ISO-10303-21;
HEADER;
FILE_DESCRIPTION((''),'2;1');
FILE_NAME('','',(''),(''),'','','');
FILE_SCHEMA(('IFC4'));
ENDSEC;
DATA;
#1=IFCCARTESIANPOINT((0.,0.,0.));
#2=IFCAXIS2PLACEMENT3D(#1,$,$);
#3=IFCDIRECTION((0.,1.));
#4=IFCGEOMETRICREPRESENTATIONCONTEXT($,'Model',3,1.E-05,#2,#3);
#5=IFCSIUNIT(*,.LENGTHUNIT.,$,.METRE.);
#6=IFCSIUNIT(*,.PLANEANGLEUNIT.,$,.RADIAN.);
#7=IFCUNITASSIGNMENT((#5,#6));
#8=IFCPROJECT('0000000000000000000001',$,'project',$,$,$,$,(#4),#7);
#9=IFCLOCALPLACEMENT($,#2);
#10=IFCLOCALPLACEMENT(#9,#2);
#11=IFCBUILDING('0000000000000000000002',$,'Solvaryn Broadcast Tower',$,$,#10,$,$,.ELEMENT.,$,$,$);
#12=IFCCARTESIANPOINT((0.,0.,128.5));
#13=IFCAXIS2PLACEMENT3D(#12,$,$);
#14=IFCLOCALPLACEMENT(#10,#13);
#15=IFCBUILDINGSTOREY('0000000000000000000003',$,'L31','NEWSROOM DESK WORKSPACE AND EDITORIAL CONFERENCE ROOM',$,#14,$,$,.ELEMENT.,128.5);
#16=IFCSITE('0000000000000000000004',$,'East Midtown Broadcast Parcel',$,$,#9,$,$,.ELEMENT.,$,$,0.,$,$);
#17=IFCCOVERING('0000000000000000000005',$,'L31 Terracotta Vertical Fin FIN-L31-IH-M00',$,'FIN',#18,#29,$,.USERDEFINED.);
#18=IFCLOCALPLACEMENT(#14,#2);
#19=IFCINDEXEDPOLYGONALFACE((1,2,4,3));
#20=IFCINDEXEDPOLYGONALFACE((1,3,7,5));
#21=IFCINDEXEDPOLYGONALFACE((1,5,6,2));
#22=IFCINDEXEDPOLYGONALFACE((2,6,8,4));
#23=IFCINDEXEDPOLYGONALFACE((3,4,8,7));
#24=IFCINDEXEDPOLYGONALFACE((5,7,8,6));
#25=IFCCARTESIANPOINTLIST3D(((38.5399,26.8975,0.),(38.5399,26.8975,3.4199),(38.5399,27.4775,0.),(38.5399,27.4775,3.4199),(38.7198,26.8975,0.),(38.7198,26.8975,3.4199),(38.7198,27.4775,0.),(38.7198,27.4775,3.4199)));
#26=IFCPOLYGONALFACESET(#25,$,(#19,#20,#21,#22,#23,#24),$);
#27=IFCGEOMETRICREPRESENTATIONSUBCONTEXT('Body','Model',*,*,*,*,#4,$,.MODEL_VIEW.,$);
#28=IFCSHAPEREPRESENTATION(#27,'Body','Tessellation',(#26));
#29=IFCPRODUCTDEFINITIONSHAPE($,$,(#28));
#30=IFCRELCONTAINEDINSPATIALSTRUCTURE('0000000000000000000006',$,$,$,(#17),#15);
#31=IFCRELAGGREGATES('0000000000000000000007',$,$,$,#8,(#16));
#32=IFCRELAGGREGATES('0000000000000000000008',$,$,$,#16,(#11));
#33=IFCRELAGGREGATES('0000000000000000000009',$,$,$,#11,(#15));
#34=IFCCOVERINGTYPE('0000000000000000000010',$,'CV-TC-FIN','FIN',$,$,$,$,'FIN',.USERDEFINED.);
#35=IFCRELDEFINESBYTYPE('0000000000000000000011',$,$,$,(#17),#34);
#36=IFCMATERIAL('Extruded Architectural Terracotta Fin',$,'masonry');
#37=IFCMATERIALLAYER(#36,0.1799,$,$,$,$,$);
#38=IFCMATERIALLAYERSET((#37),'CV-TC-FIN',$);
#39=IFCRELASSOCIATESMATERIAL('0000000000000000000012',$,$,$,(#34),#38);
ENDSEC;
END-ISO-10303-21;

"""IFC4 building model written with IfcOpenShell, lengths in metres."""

from ifc_helpers import new_model, si_unit, direction, frame, origin, origin_2d, place, context, subcontext, project, spatial, rectangle, extrude, material, layer, layer_set, type_object, element, save


model = new_model("IFC4")

# Units and contexts
model_context = context("Model", 3, precision=1e-05, world=origin(), true_north=direction((0.0, 1.0)))
body_context = subcontext(model_context, "Body", "Model", "MODEL_VIEW")
ifc_project = project(units=[si_unit("LENGTHUNIT", "METRE"), si_unit("PLANEANGLEUNIT", "RADIAN")], contexts=[model_context])

# Site, building, storey
site_placement = place(None, origin())
site = spatial("IfcSite", under=ifc_project, at=site_placement, Name="East Midtown Broadcast Parcel", CompositionType="ELEMENT", RefElevation=0.0)
building_placement = place(site_placement, origin())
building = spatial("IfcBuilding", under=site, at=building_placement, Name="Solvaryn Broadcast Tower", CompositionType="ELEMENT")
storey_placement = place(building_placement, frame((0.0, 0.0, 128.5)))
storey = spatial("IfcBuildingStorey", under=building, at=storey_placement, Name="L31", Description="NEWSROOM DESK WORKSPACE AND EDITORIAL CONFERENCE ROOM", CompositionType="ELEMENT", Elevation=128.5)

# Covering
ifc_material_1 = material(Name="Extruded Architectural Terracotta Fin", Category="masonry")
ifc_layer_1 = layer(ifc_material_1, 0.1799)
ifc_layer_set_1 = layer_set([ifc_layer_1], Name="CV-TC-FIN")
covering_type_1 = type_object("IfcCoveringType", Name="CV-TC-FIN", Description="FIN", ElementType="FIN", PredefinedType="USERDEFINED", material=ifc_layer_set_1)
for number, where, z_axis, x_axis, name in (
    (1, (38.6299, 27.1875, 0.0), (0.0, 0.0, 1.0), (1.0, 0.0, 0.0), "L31 Terracotta Vertical Fin FIN-L31-IH-M00"),
):
    element("IfcCovering", number, at=place(storey_placement, frame(where, z_axis=z_axis, x_axis=x_axis)), inside=storey, type_object=covering_type_1, Name=name, ObjectType="FIN", PredefinedType="USERDEFINED", context=body_context, shape_type="SweptSolid", body=[
        extrude(rectangle(XDim=0.1799, YDim=0.5801, at=origin_2d()), origin(), (0.0, 0.0, 1.0), 3.4199),
    ])

save(model, "model.ifc")
